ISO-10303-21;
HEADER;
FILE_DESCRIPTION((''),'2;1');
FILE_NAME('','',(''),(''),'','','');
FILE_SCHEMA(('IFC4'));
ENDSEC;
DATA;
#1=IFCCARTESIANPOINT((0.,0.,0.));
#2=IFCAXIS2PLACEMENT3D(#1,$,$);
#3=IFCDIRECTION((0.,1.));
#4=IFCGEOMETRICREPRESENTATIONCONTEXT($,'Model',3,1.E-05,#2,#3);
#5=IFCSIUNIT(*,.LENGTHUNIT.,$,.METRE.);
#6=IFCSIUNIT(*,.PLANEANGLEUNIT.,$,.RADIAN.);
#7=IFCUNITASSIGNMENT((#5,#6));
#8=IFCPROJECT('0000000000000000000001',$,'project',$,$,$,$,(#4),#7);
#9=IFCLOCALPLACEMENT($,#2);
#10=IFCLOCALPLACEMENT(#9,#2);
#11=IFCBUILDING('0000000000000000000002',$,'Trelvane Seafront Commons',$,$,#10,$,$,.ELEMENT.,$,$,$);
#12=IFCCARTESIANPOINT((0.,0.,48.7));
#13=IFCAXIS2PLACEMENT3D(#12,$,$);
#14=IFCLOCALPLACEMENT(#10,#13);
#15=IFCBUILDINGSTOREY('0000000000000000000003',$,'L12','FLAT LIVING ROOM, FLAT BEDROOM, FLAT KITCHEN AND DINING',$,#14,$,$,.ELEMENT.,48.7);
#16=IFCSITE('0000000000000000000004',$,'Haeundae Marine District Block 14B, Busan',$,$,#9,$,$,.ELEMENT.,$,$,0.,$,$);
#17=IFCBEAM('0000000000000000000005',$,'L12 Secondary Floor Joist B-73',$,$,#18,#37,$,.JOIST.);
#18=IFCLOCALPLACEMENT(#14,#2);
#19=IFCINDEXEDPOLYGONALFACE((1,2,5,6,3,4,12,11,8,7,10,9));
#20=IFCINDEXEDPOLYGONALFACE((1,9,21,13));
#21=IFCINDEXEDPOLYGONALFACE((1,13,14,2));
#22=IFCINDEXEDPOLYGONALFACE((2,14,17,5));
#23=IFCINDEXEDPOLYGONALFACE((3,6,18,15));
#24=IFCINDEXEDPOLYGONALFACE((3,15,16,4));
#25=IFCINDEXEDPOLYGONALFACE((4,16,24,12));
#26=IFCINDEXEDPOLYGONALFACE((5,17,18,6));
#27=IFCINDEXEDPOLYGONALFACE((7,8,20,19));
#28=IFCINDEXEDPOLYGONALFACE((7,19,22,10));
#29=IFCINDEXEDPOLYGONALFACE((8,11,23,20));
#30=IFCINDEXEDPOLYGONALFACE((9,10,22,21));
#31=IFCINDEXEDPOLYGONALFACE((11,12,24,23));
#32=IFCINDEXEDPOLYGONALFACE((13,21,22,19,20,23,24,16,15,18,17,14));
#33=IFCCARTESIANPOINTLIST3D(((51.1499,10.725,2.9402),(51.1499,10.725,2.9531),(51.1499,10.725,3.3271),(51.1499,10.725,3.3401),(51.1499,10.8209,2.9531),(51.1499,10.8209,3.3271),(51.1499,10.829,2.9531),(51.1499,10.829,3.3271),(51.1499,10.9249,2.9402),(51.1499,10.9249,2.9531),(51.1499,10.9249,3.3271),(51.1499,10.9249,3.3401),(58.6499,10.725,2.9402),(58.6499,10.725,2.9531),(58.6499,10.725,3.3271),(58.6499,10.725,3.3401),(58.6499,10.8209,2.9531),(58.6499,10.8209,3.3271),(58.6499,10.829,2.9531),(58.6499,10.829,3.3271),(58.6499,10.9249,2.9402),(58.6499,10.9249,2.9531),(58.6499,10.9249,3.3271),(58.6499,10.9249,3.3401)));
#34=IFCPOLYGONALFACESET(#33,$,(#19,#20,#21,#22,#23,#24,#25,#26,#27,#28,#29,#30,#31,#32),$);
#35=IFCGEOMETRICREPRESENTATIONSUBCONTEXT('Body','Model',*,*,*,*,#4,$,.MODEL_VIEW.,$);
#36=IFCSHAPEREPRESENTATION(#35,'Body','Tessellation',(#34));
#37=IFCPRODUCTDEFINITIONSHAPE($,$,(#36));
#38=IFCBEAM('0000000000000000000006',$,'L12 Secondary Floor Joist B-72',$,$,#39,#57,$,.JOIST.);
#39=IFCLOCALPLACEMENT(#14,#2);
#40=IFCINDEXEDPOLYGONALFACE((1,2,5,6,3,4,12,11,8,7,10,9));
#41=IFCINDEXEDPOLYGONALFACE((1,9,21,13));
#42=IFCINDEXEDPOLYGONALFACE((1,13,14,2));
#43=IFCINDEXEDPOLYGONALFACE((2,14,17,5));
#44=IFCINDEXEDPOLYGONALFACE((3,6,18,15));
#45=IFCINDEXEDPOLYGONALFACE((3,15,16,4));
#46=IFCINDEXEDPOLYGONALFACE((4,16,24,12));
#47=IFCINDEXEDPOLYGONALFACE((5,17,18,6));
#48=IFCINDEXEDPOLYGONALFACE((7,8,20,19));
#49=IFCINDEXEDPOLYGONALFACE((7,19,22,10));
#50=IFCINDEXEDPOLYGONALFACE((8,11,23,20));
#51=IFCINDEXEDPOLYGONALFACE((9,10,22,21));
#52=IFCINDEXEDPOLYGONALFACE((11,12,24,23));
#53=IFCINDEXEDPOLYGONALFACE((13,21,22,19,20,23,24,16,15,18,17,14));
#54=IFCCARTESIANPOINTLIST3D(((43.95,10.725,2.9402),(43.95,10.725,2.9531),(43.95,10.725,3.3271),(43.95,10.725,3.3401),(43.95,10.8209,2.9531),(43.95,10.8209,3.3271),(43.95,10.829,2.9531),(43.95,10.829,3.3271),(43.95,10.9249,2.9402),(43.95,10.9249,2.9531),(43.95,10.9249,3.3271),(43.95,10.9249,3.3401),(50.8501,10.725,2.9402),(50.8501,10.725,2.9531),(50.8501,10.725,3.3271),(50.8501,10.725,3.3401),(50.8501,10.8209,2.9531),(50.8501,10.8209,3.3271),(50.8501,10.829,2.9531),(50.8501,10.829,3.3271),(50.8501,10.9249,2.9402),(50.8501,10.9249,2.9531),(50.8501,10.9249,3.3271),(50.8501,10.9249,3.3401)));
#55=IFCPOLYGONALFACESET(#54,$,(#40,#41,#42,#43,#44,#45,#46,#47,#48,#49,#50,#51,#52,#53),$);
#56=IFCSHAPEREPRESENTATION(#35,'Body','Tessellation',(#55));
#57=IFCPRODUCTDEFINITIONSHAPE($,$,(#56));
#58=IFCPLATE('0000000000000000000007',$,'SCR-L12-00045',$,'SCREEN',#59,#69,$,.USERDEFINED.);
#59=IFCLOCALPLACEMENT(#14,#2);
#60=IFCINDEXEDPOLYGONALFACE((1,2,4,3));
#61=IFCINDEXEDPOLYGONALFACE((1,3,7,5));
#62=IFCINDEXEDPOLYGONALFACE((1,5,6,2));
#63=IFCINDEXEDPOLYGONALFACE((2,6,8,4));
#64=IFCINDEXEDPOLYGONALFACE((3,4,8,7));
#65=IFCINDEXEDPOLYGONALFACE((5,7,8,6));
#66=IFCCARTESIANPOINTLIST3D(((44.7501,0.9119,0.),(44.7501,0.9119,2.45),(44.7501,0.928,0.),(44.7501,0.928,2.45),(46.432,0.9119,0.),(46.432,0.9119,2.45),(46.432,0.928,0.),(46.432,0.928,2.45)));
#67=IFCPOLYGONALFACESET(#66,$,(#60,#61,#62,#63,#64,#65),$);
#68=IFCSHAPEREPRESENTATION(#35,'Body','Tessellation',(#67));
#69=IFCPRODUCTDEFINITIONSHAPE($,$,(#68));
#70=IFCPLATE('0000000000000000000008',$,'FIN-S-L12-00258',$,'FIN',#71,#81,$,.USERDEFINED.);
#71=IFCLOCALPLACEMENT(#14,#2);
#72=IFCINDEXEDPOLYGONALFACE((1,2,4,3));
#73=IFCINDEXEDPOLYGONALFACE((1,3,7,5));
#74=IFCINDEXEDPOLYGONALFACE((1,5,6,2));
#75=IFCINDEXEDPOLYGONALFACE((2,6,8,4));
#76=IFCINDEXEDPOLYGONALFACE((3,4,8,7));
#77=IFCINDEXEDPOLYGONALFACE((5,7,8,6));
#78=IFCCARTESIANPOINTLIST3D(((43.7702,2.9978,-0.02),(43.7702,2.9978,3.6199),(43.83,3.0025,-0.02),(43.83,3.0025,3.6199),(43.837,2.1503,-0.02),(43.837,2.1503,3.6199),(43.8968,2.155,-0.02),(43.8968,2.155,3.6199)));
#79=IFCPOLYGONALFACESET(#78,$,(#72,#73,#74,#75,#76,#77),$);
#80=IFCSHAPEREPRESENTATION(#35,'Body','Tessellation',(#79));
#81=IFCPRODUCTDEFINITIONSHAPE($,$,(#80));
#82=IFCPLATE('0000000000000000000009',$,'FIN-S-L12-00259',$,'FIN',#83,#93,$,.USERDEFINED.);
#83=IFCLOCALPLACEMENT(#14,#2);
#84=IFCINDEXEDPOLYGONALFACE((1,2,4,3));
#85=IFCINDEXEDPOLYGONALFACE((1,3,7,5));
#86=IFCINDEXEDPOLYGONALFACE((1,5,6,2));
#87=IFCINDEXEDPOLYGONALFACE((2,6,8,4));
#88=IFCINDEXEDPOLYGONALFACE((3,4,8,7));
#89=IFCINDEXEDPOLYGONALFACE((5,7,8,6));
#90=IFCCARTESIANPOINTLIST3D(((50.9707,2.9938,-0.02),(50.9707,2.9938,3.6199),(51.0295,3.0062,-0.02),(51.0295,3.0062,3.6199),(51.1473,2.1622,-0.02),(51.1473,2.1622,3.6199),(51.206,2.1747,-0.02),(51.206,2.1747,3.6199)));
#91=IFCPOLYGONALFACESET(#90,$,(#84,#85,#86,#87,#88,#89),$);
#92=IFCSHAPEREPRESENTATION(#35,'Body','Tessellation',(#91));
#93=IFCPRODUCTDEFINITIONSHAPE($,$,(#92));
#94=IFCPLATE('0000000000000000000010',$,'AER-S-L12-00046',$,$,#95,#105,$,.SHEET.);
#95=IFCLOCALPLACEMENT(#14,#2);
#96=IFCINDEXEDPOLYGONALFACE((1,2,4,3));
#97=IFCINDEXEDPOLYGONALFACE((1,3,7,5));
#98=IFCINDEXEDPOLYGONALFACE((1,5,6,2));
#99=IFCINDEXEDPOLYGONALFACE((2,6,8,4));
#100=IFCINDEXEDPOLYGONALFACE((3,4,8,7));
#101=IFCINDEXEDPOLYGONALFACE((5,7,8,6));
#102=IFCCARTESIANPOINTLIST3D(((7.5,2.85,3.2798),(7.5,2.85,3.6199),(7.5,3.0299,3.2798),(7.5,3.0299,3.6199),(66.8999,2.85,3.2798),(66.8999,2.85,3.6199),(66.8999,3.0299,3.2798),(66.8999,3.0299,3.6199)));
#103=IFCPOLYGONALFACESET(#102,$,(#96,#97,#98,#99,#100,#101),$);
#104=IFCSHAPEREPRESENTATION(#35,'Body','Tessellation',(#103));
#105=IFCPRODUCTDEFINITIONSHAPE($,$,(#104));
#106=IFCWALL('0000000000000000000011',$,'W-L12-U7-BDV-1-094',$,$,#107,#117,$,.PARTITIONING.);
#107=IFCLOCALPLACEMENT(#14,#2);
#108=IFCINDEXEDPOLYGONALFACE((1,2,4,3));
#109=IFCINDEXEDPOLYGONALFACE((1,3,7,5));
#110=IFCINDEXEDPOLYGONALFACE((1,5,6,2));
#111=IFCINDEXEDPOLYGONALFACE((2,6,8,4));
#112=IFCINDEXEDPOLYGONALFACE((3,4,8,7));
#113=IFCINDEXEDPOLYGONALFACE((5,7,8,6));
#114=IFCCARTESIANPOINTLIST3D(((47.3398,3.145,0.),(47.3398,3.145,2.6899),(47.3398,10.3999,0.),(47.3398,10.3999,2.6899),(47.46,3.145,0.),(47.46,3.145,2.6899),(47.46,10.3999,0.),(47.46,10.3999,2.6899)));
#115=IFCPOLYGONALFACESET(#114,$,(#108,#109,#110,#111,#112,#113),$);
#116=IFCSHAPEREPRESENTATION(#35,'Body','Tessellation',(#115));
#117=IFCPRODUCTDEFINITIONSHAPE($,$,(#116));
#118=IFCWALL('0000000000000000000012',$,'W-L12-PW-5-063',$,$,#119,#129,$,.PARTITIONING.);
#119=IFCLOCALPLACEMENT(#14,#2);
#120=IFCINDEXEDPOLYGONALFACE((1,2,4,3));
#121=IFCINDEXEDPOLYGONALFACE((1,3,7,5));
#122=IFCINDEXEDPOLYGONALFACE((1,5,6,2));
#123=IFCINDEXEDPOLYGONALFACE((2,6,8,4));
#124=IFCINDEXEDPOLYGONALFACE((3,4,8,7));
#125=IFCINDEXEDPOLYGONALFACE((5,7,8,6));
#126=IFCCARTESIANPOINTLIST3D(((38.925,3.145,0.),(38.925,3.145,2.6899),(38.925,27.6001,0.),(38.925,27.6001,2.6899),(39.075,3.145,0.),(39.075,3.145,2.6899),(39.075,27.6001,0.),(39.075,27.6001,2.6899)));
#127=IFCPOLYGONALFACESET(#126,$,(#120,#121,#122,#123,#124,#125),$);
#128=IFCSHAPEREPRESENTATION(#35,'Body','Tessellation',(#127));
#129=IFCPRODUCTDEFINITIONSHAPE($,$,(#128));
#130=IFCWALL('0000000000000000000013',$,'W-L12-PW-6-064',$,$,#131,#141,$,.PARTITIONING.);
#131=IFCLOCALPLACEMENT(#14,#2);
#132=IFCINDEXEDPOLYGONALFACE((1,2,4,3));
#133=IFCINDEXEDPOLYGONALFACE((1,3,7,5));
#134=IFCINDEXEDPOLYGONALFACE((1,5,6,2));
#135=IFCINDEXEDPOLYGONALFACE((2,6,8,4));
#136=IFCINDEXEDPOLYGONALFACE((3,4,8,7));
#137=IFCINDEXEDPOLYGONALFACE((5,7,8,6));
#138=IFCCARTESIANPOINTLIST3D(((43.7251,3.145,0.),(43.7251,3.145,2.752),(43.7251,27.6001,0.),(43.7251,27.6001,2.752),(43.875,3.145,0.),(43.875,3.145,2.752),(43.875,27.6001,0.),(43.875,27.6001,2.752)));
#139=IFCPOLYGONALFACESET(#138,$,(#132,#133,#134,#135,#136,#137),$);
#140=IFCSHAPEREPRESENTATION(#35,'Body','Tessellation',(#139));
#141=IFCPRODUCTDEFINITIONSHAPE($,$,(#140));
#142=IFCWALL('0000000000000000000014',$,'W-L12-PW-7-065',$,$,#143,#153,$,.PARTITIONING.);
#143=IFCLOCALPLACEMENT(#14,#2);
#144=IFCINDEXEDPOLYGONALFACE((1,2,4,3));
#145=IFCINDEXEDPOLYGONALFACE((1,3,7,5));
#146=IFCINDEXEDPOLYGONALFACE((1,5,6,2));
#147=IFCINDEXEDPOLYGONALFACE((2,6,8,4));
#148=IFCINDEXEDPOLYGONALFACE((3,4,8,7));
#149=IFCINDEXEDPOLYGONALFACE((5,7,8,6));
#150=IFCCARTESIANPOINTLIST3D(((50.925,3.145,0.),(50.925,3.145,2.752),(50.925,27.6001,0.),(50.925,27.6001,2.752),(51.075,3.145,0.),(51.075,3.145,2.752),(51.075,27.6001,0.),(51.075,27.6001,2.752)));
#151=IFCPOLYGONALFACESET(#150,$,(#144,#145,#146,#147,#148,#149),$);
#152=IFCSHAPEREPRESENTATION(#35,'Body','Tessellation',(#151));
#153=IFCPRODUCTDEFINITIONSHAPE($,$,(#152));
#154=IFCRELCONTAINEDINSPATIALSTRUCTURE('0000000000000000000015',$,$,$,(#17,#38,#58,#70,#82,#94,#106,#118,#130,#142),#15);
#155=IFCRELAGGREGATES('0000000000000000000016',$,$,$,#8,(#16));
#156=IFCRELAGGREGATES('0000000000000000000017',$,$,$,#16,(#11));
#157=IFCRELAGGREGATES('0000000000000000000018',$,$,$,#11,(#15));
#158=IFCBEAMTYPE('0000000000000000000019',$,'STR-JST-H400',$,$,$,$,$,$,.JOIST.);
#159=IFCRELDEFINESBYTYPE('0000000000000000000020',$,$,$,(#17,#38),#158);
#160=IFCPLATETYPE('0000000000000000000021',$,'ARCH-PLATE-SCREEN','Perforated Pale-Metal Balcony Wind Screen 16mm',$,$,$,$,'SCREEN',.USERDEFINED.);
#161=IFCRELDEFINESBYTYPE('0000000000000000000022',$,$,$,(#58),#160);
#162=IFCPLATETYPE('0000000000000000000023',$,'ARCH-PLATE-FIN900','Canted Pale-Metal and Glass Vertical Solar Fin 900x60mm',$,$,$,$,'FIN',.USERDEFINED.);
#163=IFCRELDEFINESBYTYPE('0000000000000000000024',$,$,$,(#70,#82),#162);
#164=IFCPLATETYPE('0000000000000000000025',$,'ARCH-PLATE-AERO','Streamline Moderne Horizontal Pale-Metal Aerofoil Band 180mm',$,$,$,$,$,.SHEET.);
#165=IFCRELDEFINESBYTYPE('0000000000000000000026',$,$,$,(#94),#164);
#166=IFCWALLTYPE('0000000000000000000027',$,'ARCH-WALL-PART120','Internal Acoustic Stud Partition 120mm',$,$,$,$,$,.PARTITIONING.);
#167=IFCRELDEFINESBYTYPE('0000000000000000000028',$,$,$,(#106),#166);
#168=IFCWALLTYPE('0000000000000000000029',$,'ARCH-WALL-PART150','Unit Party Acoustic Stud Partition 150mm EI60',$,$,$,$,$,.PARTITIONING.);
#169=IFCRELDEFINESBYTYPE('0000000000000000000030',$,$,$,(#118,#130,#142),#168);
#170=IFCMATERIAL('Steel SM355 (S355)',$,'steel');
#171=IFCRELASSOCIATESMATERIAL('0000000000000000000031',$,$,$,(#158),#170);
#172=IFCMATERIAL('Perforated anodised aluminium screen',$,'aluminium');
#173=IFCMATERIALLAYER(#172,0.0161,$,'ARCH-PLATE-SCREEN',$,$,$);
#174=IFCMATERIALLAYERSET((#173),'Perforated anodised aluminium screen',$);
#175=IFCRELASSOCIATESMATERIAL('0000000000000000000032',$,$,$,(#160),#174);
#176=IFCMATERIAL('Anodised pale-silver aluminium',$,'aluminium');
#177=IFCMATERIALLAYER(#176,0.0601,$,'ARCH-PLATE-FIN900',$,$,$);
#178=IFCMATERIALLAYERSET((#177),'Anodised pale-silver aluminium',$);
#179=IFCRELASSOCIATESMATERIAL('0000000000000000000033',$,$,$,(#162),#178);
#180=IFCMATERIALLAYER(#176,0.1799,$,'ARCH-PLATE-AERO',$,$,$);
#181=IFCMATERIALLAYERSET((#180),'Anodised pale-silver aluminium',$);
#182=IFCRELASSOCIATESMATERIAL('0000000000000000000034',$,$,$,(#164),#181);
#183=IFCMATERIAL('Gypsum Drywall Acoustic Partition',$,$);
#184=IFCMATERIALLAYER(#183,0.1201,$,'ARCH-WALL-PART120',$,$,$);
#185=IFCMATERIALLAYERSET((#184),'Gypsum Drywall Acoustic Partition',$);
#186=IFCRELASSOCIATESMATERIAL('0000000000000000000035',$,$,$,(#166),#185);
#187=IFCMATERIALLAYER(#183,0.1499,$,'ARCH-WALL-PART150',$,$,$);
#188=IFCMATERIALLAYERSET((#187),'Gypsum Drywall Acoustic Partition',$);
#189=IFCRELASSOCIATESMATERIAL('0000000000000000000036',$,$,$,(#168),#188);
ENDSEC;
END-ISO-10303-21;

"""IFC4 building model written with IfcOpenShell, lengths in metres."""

from ifc_helpers import new_model, si_unit, direction, frame, frame_2d, origin, origin_2d, place, context, subcontext, project, spatial, rectangle, i_section, extrude, source, transform, mapped, material, layer, layer_set, material_profile, profile_set, type_object, element, save


model = new_model("IFC4")

# Units and contexts
model_context = context("Model", 3, precision=1e-05, world=origin(), true_north=direction((0.0, 1.0)))
body_context = subcontext(model_context, "Body", "Model", "MODEL_VIEW")
ifc_project = project(units=[si_unit("LENGTHUNIT", "METRE"), si_unit("PLANEANGLEUNIT", "RADIAN")], contexts=[model_context])

# Site, building, storey
site_placement = place(None, origin())
site = spatial("IfcSite", under=ifc_project, at=site_placement, Name="Haeundae Marine District Block 14B, Busan", CompositionType="ELEMENT", RefElevation=0.0)
building_placement = place(site_placement, origin())
building = spatial("IfcBuilding", under=site, at=building_placement, Name="Trelvane Seafront Commons", CompositionType="ELEMENT")
storey_placement = place(building_placement, frame((0.0, 0.0, 48.7)))
storey = spatial("IfcBuildingStorey", under=building, at=storey_placement, Name="L12", Description="FLAT LIVING ROOM, FLAT BEDROOM, FLAT KITCHEN AND DINING", CompositionType="ELEMENT", Elevation=48.7)

# Shared definitions
ifc_material_1 = material(Name="Steel SM355 (S355)", Category="steel")

# Beams
ifc_material_profile_1 = material_profile(ifc_material_1, i_section(OverallWidth=0.2, OverallDepth=0.3999, WebThickness=0.0081, FlangeThickness=0.0129, at=origin_2d()), Name="H-400x200x8x13")
ifc_profile_set_1 = profile_set([ifc_material_profile_1], Name="Steel SM355 (S355)")
beam_type_1 = type_object("IfcBeamType", Name="STR-JST-H400", PredefinedType="JOIST", material=ifc_profile_set_1)
shared_shape_1 = source(origin(), body_context, "Body", "SweptSolid", [
    extrude(i_section(OverallWidth=0.2, OverallDepth=0.3999, WebThickness=0.0081, FlangeThickness=0.0129, at=origin_2d()), origin(), (0.0, 0.0, 1.0), 7.5),
])
beam_1_placement = place(storey_placement, frame((51.1499, 10.825, 3.1401), z_axis=(1.0, 0.0, 0.0), x_axis=(0.0, 1.0, 0.0)))
element("IfcBeam", 1, at=beam_1_placement, inside=storey, type_object=beam_type_1, Name="L12 Secondary Floor Joist B-73", PredefinedType="JOIST", context=body_context, shape_type="MappedRepresentation", body=[
    mapped(shared_shape_1, transform((0.0, 0.0, 0.0), x_axis=(1.0, 0.0, 0.0), y_axis=(0.0, 1.0, 0.0), z_axis=(0.0, 0.0, 1.0), scale=1.0)),
])
shared_shape_2 = source(origin(), body_context, "Body", "SweptSolid", [
    extrude(i_section(OverallWidth=0.2, OverallDepth=0.3999, WebThickness=0.0081, FlangeThickness=0.0129, at=origin_2d()), origin(), (0.0, 0.0, 1.0), 6.9001),
])
beam_2_placement = place(storey_placement, frame((43.95, 10.825, 3.1401), z_axis=(1.0, 0.0, 0.0), x_axis=(0.0, 1.0, 0.0)))
element("IfcBeam", 2, at=beam_2_placement, inside=storey, type_object=beam_type_1, Name="L12 Secondary Floor Joist B-72", PredefinedType="JOIST", context=body_context, shape_type="MappedRepresentation", body=[
    mapped(shared_shape_2, transform((0.0, 0.0, 0.0), x_axis=(1.0, 0.0, 0.0), y_axis=(0.0, 1.0, 0.0), z_axis=(0.0, 0.0, 1.0), scale=1.0)),
])

# Plates
ifc_material_2 = material(Name="Perforated anodised aluminium screen", Category="aluminium")
ifc_layer_1 = layer(ifc_material_2, 0.0161, Name="ARCH-PLATE-SCREEN")
ifc_layer_set_1 = layer_set([ifc_layer_1], Name="Perforated anodised aluminium screen")
plate_type_1 = type_object("IfcPlateType", Name="ARCH-PLATE-SCREEN", Description="Perforated Pale-Metal Balcony Wind Screen 16mm", ElementType="SCREEN", PredefinedType="USERDEFINED", material=ifc_layer_set_1)
shared_shape_3 = source(origin(), body_context, "Body", "SweptSolid", [
    extrude(rectangle(XDim=1.6819, YDim=0.0161, at=origin_2d()), origin(), (0.0, 0.0, 1.0), 2.45),
])
plate_1_placement = place(storey_placement, frame((45.5911, 0.9199, 0.0), z_axis=(0.0, 0.0, 1.0), x_axis=(1.0, 0.0, 0.0)))
element("IfcPlate", 3, at=plate_1_placement, inside=storey, type_object=plate_type_1, Name="SCR-L12-00045", ObjectType="SCREEN", PredefinedType="USERDEFINED", context=body_context, shape_type="MappedRepresentation", body=[
    mapped(shared_shape_3, transform((0.0, 0.0, 0.0), x_axis=(1.0, 0.0, 0.0), y_axis=(0.0, 1.0, 0.0), z_axis=(0.0, 0.0, 1.0), scale=1.0)),
])
ifc_material_3 = material(Name="Anodised pale-silver aluminium", Category="aluminium")
ifc_layer_2 = layer(ifc_material_3, 0.0601, Name="ARCH-PLATE-FIN900")
ifc_layer_set_2 = layer_set([ifc_layer_2], Name="Anodised pale-silver aluminium")
plate_type_2 = type_object("IfcPlateType", Name="ARCH-PLATE-FIN900", Description="Canted Pale-Metal and Glass Vertical Solar Fin 900x60mm", ElementType="FIN", PredefinedType="USERDEFINED", material=ifc_layer_set_2)
shared_shape_4 = source(origin(), body_context, "Body", "SweptSolid", [
    extrude(rectangle(XDim=0.8501, YDim=0.0601, at=origin_2d()), origin(), (0.0, 0.0, 1.0), 3.6399),
])
for number, where, z_axis, x_axis, name in (
    (4, (43.8335, 2.5764, -0.02), (0.0, 0.0, 1.0), (0.078586, -0.996907, 0.0), "FIN-S-L12-00258"),
    (5, (51.0884, 2.5842, -0.02), (0.0, 0.0, 1.0), (0.20764, -0.978205, 0.0), "FIN-S-L12-00259"),
):
    element("IfcPlate", number, at=place(storey_placement, frame(where, z_axis=z_axis, x_axis=x_axis)), inside=storey, type_object=plate_type_2, Name=name, ObjectType="FIN", PredefinedType="USERDEFINED", context=body_context, shape_type="MappedRepresentation", body=[
        mapped(shared_shape_4, transform((0.0, 0.0, 0.0), x_axis=(1.0, 0.0, 0.0), y_axis=(0.0, 1.0, 0.0), z_axis=(0.0, 0.0, 1.0), scale=1.0)),
    ])
ifc_layer_3 = layer(ifc_material_3, 0.1799, Name="ARCH-PLATE-AERO")
ifc_layer_set_3 = layer_set([ifc_layer_3], Name="Anodised pale-silver aluminium")
plate_type_3 = type_object("IfcPlateType", Name="ARCH-PLATE-AERO", Description="Streamline Moderne Horizontal Pale-Metal Aerofoil Band 180mm", PredefinedType="SHEET", material=ifc_layer_set_3)
shared_shape_5 = source(origin(), body_context, "Body", "SweptSolid", [
    extrude(rectangle(XDim=59.3999, YDim=0.1799, at=origin_2d()), origin(), (0.0, 0.0, 1.0), 0.3401),
])
plate_2_placement = place(storey_placement, frame((37.2, 2.9399, 3.2798), z_axis=(0.0, 0.0, 1.0), x_axis=(-1.0, 0.0, 0.0)))
element("IfcPlate", 6, at=plate_2_placement, inside=storey, type_object=plate_type_3, Name="AER-S-L12-00046", PredefinedType="SHEET", context=body_context, shape_type="MappedRepresentation", body=[
    mapped(shared_shape_5, transform((0.0, 0.0, 0.0), x_axis=(1.0, 0.0, 0.0), y_axis=(0.0, 1.0, 0.0), z_axis=(0.0, 0.0, 1.0), scale=1.0)),
])

# Shared definitions
ifc_material_4 = material(Name="Gypsum Drywall Acoustic Partition")
ifc_layer_4 = layer(ifc_material_4, 0.1201, Name="ARCH-WALL-PART120")
ifc_layer_set_4 = layer_set([ifc_layer_4], Name="Gypsum Drywall Acoustic Partition")
wall_type_1 = type_object("IfcWallType", Name="ARCH-WALL-PART120", Description="Internal Acoustic Stud Partition 120mm", PredefinedType="PARTITIONING", material=ifc_layer_set_4)

# Walls
wall_1_placement = place(storey_placement, frame((47.3999, 3.145, 0.0), z_axis=(0.0, 0.0, 1.0), x_axis=(0.0, 1.0, 0.0)))
element("IfcWall", 7, at=wall_1_placement, inside=storey, type_object=wall_type_1, Name="W-L12-U7-BDV-1-094", PredefinedType="PARTITIONING", context=body_context, shape_type="SweptSolid", body=[
    extrude(rectangle(XDim=7.2549, YDim=0.1201, at=frame_2d((3.6274, 0.0))), origin(), (0.0, 0.0, 1.0), 2.6899),
])
ifc_layer_5 = layer(ifc_material_4, 0.1499, Name="ARCH-WALL-PART150")
ifc_layer_set_5 = layer_set([ifc_layer_5], Name="Gypsum Drywall Acoustic Partition")
wall_type_2 = type_object("IfcWallType", Name="ARCH-WALL-PART150", Description="Unit Party Acoustic Stud Partition 150mm EI60", PredefinedType="PARTITIONING", material=ifc_layer_set_5)
wall_2_placement = place(storey_placement, frame((39.0, 3.145, 0.0), z_axis=(0.0, 0.0, 1.0), x_axis=(0.0, 1.0, 0.0)))
element("IfcWall", 8, at=wall_2_placement, inside=storey, type_object=wall_type_2, Name="W-L12-PW-5-063", PredefinedType="PARTITIONING", context=body_context, shape_type="SweptSolid", body=[
    extrude(rectangle(XDim=24.4551, YDim=0.1499, at=frame_2d((12.2275, 0.0))), origin(), (0.0, 0.0, 1.0), 2.6899),
])
for number, where, z_axis, x_axis, name in (
    (9, (43.8, 3.145, 0.0), (0.0, 0.0, 1.0), (0.0, 1.0, 0.0), "W-L12-PW-6-064"),
    (10, (51.0, 3.145, 0.0), (0.0, 0.0, 1.0), (0.0, 1.0, 0.0), "W-L12-PW-7-065"),
):
    element("IfcWall", number, at=place(storey_placement, frame(where, z_axis=z_axis, x_axis=x_axis)), inside=storey, type_object=wall_type_2, Name=name, PredefinedType="PARTITIONING", context=body_context, shape_type="SweptSolid", body=[
        extrude(rectangle(XDim=24.4551, YDim=0.1499, at=frame_2d((12.2275, 0.0))), origin(), (0.0, 0.0, 1.0), 2.752),
    ])

save(model, "model.ifc")
